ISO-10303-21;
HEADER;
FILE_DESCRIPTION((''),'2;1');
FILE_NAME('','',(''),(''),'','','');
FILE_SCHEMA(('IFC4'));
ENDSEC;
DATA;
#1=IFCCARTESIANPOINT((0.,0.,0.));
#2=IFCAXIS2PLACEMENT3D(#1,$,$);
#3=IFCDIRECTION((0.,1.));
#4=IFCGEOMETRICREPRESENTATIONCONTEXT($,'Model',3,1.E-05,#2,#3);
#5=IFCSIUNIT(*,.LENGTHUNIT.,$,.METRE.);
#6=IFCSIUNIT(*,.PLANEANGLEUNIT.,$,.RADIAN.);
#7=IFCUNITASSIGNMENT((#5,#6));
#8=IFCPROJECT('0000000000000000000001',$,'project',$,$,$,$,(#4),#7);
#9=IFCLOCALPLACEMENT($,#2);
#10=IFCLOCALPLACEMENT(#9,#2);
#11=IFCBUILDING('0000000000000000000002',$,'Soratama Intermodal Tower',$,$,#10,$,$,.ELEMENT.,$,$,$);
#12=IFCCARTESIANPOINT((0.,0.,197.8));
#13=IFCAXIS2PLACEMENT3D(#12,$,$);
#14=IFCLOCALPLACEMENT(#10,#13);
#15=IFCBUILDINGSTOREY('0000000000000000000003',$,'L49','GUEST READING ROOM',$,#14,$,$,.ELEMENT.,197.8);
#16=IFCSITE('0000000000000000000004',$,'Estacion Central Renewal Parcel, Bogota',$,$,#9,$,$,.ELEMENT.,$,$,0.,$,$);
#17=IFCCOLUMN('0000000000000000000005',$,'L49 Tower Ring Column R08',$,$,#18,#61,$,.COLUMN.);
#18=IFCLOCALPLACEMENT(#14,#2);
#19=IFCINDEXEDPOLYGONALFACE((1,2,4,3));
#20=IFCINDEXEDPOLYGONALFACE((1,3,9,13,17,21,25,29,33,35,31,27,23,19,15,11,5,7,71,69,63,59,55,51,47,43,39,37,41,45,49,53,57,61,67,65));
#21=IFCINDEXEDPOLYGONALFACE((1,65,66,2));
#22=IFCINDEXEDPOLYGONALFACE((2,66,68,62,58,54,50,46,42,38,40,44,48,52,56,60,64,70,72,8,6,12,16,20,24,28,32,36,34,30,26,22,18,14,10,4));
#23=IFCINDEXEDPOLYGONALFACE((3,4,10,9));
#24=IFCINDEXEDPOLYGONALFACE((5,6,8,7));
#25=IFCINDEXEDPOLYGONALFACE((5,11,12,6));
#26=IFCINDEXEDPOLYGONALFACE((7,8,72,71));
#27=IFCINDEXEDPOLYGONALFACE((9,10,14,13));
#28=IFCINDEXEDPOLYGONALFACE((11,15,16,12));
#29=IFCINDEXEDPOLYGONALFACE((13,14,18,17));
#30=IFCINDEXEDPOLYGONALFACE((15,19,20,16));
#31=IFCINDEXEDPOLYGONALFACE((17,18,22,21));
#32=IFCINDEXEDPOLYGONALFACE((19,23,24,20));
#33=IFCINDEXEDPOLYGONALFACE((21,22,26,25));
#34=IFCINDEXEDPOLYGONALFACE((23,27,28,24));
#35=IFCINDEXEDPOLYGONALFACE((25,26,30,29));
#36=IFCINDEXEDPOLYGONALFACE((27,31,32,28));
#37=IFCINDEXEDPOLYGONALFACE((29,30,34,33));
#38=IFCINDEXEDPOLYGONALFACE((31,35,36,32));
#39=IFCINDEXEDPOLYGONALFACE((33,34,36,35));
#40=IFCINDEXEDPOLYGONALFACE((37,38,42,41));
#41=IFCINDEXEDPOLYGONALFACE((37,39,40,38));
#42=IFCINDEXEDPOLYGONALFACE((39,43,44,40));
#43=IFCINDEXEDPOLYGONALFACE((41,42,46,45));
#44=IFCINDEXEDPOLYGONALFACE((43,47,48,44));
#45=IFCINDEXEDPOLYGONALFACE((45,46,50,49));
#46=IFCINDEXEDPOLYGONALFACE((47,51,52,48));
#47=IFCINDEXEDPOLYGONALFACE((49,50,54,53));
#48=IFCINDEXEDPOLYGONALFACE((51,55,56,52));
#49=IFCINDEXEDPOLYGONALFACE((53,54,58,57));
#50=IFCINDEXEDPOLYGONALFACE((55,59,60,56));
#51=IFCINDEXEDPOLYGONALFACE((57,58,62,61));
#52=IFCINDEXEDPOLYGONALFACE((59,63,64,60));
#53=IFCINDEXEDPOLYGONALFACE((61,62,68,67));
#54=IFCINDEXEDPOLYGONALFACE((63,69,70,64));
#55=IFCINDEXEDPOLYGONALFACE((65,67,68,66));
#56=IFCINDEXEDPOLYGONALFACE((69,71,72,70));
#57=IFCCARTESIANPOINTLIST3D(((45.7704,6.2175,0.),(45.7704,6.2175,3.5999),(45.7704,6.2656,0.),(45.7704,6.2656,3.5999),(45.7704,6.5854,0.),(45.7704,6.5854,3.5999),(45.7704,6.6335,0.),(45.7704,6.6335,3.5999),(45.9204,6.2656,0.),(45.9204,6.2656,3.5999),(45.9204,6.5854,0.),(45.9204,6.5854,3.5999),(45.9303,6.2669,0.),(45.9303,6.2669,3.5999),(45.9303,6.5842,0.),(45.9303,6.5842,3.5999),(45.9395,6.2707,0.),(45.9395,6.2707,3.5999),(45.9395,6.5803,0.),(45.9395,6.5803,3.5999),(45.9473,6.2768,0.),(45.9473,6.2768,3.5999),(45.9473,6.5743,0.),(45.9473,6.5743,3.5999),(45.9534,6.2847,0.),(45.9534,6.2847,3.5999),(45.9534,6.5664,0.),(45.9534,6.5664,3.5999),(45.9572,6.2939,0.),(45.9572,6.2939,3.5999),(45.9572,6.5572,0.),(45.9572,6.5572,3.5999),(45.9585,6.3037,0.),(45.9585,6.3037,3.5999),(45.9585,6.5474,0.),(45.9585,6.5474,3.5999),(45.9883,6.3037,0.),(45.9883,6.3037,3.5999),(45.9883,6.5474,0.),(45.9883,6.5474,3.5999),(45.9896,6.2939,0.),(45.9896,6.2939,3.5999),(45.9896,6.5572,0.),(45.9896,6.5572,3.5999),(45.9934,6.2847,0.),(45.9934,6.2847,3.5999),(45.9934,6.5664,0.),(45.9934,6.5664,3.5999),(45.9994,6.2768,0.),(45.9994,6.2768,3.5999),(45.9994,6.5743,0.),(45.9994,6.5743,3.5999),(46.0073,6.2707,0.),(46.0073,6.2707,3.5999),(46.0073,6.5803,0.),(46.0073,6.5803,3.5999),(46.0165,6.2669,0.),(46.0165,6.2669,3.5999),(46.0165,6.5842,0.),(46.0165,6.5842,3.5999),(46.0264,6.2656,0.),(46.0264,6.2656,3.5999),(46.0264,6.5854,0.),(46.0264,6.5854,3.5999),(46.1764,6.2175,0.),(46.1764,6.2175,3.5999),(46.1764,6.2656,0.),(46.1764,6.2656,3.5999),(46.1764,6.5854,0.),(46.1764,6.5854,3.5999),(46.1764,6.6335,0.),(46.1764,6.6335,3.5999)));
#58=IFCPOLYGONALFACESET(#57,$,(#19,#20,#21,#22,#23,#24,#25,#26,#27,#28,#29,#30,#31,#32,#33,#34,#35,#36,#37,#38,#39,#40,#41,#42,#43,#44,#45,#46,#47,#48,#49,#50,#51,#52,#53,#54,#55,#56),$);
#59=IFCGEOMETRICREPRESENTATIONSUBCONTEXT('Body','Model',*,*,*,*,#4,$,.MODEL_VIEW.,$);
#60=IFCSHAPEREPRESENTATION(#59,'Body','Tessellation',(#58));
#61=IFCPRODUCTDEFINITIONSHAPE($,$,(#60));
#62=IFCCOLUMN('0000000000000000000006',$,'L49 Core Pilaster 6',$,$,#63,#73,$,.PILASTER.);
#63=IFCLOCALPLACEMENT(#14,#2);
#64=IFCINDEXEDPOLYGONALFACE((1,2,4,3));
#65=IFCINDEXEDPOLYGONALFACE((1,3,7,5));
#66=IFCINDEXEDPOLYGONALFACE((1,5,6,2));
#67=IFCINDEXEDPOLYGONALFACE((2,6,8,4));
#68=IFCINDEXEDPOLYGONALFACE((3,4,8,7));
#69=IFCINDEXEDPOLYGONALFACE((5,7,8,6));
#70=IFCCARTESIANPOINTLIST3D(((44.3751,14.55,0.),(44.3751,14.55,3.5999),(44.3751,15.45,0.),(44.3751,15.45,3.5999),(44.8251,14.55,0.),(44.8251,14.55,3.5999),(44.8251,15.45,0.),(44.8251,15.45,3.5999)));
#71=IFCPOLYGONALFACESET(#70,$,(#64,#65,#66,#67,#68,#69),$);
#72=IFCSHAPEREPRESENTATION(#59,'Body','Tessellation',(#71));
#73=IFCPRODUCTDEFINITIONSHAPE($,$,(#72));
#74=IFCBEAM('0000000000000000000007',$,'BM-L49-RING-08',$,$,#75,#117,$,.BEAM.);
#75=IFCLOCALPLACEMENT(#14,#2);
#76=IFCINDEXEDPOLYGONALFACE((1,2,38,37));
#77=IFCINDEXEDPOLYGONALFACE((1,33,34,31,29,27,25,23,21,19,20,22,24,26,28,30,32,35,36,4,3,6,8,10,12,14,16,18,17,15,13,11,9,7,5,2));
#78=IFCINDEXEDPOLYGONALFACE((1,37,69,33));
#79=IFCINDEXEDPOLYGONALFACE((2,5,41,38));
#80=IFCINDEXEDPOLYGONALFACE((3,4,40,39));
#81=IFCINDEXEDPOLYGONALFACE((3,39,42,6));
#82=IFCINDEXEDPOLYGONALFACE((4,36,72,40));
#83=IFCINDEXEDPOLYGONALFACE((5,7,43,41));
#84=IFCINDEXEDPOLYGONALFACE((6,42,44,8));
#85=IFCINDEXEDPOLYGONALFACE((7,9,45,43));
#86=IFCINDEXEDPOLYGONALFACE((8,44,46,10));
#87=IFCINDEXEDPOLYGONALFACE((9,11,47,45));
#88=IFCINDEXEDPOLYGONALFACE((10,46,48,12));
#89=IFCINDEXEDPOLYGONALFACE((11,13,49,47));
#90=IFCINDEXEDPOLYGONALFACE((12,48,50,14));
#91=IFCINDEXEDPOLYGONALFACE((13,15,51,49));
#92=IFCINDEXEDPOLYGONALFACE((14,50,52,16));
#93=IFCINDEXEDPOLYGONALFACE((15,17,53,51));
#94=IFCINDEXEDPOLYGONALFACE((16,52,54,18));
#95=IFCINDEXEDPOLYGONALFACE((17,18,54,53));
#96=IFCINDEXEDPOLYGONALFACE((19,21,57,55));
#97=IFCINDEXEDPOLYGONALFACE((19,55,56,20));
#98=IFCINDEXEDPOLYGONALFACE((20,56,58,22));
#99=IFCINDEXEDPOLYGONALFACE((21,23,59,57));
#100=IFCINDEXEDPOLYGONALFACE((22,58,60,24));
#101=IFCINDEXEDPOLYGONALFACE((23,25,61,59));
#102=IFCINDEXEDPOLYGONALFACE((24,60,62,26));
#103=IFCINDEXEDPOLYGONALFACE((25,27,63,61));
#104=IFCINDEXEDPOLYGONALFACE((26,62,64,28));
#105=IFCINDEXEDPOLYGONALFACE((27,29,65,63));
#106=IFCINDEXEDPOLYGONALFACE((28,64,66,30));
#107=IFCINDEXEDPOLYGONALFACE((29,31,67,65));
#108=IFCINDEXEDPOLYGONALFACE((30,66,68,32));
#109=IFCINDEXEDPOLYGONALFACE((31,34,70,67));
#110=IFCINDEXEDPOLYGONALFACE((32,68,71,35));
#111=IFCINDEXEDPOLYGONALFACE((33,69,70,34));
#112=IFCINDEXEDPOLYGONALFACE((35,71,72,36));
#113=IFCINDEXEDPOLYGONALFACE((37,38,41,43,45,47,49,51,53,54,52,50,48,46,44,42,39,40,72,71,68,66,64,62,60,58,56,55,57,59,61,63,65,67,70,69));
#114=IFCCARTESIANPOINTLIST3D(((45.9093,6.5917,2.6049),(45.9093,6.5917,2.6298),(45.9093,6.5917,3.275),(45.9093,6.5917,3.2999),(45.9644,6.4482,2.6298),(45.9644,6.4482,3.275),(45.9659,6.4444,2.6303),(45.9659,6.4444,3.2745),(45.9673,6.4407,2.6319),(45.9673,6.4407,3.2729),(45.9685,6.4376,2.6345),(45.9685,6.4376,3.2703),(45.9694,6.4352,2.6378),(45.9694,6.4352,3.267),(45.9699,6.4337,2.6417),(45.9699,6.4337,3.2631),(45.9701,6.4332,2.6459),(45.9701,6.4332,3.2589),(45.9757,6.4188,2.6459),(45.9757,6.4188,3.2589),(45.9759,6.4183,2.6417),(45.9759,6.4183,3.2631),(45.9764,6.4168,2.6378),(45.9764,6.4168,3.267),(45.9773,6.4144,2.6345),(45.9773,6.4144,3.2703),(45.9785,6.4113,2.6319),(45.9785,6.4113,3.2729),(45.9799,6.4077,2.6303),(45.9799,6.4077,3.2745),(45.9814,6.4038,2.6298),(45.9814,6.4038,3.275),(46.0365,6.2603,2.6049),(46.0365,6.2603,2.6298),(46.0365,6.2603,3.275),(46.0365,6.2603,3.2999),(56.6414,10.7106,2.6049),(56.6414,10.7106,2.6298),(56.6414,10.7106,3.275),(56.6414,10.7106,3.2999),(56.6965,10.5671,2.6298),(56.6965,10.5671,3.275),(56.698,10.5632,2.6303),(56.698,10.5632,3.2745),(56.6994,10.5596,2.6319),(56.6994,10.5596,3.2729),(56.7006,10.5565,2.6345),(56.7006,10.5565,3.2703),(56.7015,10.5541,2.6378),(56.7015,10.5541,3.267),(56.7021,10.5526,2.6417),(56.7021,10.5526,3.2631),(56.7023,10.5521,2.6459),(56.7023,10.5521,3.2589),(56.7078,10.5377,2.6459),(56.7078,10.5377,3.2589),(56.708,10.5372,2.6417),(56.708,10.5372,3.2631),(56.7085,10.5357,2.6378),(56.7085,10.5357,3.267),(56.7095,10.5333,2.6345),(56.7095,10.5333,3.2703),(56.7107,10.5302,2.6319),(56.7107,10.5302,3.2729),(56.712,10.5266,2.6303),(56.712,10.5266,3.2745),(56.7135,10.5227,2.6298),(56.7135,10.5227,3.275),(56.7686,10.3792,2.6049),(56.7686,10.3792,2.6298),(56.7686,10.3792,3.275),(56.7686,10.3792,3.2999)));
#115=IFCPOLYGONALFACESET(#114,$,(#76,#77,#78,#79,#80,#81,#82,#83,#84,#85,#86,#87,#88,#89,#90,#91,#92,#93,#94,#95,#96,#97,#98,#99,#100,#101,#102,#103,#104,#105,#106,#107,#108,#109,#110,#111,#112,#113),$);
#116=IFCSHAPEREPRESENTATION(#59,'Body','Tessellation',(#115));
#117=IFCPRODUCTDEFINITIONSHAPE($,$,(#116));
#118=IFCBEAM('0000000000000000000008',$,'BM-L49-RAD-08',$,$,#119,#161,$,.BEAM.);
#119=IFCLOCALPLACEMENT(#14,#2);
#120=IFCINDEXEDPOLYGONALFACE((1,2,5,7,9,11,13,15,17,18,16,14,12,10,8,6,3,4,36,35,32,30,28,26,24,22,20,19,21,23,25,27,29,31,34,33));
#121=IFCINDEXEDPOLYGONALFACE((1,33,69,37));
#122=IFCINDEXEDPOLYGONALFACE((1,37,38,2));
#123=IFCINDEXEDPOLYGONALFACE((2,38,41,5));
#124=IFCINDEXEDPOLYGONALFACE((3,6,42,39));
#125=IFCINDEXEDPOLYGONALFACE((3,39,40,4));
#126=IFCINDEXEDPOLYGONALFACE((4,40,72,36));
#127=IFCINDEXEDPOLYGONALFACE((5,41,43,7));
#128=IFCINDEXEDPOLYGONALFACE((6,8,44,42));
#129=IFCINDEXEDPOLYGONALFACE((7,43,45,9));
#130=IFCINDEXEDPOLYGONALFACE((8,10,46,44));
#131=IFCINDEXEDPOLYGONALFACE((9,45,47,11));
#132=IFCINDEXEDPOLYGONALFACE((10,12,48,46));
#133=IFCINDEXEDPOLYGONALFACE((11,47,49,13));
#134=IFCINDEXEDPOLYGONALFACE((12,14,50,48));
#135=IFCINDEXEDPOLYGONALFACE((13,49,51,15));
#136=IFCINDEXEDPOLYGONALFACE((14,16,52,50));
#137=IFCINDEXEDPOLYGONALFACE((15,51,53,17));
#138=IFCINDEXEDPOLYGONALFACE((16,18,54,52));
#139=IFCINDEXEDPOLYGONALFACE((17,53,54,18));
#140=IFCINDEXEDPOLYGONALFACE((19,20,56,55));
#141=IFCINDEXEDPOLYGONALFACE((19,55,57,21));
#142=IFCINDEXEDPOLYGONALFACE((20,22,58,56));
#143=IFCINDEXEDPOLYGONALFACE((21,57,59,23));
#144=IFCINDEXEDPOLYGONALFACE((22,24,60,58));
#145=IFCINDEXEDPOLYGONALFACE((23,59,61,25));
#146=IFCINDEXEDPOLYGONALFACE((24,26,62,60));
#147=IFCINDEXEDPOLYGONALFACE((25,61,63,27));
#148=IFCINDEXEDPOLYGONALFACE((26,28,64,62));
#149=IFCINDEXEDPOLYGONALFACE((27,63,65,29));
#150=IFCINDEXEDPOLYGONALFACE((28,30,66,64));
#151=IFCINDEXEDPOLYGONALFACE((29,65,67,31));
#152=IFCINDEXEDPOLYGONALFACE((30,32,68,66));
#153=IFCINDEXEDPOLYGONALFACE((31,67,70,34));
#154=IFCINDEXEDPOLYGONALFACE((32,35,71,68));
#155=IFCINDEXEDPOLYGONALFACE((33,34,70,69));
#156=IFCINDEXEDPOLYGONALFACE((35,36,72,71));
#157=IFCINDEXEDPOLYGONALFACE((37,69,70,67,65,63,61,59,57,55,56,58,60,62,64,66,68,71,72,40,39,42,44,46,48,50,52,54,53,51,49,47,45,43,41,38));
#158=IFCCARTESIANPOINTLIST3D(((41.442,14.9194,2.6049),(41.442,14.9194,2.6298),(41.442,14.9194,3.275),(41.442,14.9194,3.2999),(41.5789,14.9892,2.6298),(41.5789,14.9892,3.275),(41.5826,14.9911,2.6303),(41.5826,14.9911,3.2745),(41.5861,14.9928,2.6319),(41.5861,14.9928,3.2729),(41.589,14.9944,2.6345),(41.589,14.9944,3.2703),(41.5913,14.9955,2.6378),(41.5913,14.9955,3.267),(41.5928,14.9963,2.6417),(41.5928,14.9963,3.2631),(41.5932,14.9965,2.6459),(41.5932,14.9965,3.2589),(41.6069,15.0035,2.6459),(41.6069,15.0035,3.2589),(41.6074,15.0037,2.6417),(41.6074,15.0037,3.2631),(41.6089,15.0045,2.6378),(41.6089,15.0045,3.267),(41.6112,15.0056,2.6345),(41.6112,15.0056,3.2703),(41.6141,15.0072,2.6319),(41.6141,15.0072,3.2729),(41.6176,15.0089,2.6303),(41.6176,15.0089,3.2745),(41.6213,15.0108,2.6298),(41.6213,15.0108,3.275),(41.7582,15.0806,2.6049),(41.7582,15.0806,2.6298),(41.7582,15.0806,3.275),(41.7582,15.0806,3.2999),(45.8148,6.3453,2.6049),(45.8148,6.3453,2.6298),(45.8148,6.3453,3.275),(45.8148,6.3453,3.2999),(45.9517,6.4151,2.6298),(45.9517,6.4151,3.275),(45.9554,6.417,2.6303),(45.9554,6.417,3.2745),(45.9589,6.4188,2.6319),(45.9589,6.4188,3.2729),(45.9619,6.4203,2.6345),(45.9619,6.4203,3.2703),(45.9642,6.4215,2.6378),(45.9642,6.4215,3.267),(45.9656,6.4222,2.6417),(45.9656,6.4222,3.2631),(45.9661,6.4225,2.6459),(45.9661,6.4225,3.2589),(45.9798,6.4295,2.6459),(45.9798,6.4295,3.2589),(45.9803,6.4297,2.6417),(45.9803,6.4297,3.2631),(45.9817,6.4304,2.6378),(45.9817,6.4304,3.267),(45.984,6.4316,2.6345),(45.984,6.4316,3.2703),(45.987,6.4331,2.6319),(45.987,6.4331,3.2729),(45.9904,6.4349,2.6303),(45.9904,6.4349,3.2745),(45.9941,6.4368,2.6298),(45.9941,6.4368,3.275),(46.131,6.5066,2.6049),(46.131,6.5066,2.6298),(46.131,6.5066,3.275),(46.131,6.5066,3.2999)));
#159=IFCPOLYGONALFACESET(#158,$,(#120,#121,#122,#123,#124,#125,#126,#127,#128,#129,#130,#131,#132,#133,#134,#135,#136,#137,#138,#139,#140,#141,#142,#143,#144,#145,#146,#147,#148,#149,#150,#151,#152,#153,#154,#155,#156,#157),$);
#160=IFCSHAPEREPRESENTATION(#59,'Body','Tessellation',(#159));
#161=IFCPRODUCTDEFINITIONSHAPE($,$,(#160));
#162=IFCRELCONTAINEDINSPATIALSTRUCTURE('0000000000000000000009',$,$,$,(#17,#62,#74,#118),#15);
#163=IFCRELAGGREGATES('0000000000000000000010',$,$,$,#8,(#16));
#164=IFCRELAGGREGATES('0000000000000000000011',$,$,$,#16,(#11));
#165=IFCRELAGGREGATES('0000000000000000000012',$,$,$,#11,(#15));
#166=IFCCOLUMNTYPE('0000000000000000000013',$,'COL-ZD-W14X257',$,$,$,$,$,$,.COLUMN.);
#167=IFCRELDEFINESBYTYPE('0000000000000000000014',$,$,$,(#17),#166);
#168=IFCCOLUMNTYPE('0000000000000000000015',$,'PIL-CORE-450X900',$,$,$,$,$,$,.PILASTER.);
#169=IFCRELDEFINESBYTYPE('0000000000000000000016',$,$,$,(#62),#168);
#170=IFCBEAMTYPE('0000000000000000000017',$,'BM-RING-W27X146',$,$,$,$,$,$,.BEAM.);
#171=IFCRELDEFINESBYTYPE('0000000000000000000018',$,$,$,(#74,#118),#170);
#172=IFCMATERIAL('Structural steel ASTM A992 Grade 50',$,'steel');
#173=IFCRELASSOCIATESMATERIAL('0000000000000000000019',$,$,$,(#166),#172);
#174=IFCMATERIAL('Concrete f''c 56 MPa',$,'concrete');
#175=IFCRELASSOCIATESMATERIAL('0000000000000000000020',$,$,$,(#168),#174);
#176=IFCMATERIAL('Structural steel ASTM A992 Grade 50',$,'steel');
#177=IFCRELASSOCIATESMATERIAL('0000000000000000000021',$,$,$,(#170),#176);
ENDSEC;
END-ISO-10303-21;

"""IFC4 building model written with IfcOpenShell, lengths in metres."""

from ifc_helpers import new_model, si_unit, direction, frame, origin, origin_2d, place, context, subcontext, project, spatial, rectangle, i_section, extrude, material, material_profile, profile_set, type_object, element, save


model = new_model("IFC4")

# Units and contexts
model_context = context("Model", 3, precision=1e-05, world=origin(), true_north=direction((0.0, 1.0)))
body_context = subcontext(model_context, "Body", "Model", "MODEL_VIEW")
ifc_project = project(units=[si_unit("LENGTHUNIT", "METRE"), si_unit("PLANEANGLEUNIT", "RADIAN")], contexts=[model_context])

# Site, building, storey
site_placement = place(None, origin())
site = spatial("IfcSite", under=ifc_project, at=site_placement, Name="Estacion Central Renewal Parcel, Bogota", CompositionType="ELEMENT", RefElevation=0.0)
building_placement = place(site_placement, origin())
building = spatial("IfcBuilding", under=site, at=building_placement, Name="Soratama Intermodal Tower", CompositionType="ELEMENT")
storey_placement = place(building_placement, frame((0.0, 0.0, 197.8)))
storey = spatial("IfcBuildingStorey", under=building, at=storey_placement, Name="L49", Description="GUEST READING ROOM", CompositionType="ELEMENT", Elevation=197.8)

# Columns
ifc_material_1 = material(Name="Structural steel ASTM A992 Grade 50", Category="steel")
ifc_material_profile_1 = material_profile(ifc_material_1, i_section(OverallWidth=0.406, OverallDepth=0.416, WebThickness=0.0298, FlangeThickness=0.0481, FilletRadius=0.0381, at=origin_2d()), Name="W14X257")
ifc_profile_set_1 = profile_set([ifc_material_profile_1], Name="Structural steel ASTM A992 Grade 50")
column_type_1 = type_object("IfcColumnType", Name="COL-ZD-W14X257", PredefinedType="COLUMN", material=ifc_profile_set_1)
column_1_placement = place(storey_placement, frame((45.9734, 6.4255, 0.0), z_axis=(0.0, 0.0, 1.0), x_axis=(1.0, 0.0, 0.0)))
element("IfcColumn", 1, at=column_1_placement, inside=storey, type_object=column_type_1, Name="L49 Tower Ring Column R08", PredefinedType="COLUMN", context=body_context, shape_type="SweptSolid", body=[
    extrude(i_section(OverallWidth=0.406, OverallDepth=0.416, WebThickness=0.0298, FlangeThickness=0.0481, FilletRadius=0.0381, at=origin_2d()), origin(), (0.0, 0.0, 1.0), 3.5999),
])
ifc_material_2 = material(Name="Concrete f'c 56 MPa", Category="concrete")
ifc_material_profile_2 = material_profile(ifc_material_2, rectangle(XDim=0.45, YDim=0.8999, at=origin_2d()), Name="RC450X900")
ifc_profile_set_2 = profile_set([ifc_material_profile_2], Name="Concrete f'c 56 MPa")
column_type_2 = type_object("IfcColumnType", Name="PIL-CORE-450X900", PredefinedType="PILASTER", material=ifc_profile_set_2)
column_2_placement = place(storey_placement, frame((44.6001, 15.0, 0.0), z_axis=(0.0, 0.0, 1.0), x_axis=(1.0, 0.0, 0.0)))
element("IfcColumn", 2, at=column_2_placement, inside=storey, type_object=column_type_2, Name="L49 Core Pilaster 6", PredefinedType="PILASTER", context=body_context, shape_type="SweptSolid", body=[
    extrude(rectangle(XDim=0.45, YDim=0.8999, at=origin_2d()), origin(), (0.0, 0.0, 1.0), 3.5999),
])

# Beams
ifc_material_3 = material(Name="Structural steel ASTM A992 Grade 50", Category="steel")
ifc_material_profile_3 = material_profile(ifc_material_3, i_section(OverallWidth=0.355, OverallDepth=0.6951, WebThickness=0.0154, FlangeThickness=0.0249, FilletRadius=0.0161, at=origin_2d()), Name="W27X146")
ifc_profile_set_3 = profile_set([ifc_material_profile_3], Name="Structural steel ASTM A992 Grade 50")
beam_type_1 = type_object("IfcBeamType", Name="BM-RING-W27X146", PredefinedType="BEAM", material=ifc_profile_set_3)
beam_1_placement = place(storey_placement, frame((45.9729, 6.426, 2.9524), z_axis=(0.933604, 0.358307, 0.0), x_axis=(-0.358307, 0.933604, 0.0)))
element("IfcBeam", 3, at=beam_1_placement, inside=storey, type_object=beam_type_1, Name="BM-L49-RING-08", PredefinedType="BEAM", context=body_context, shape_type="SweptSolid", body=[
    extrude(i_section(OverallWidth=0.355, OverallDepth=0.6951, WebThickness=0.0154, FlangeThickness=0.0249, FilletRadius=0.0161, at=origin_2d()), origin(), (0.0, 0.0, 1.0), 11.4954),
])
beam_2_placement = place(storey_placement, frame((41.6001, 15.0, 2.9524), z_axis=(0.454332, -0.890832, 0.0), x_axis=(0.890832, 0.454332, 0.0)))
element("IfcBeam", 4, at=beam_2_placement, inside=storey, type_object=beam_type_1, Name="BM-L49-RAD-08", PredefinedType="BEAM", context=body_context, shape_type="SweptSolid", body=[
    extrude(i_section(OverallWidth=0.355, OverallDepth=0.6951, WebThickness=0.0154, FlangeThickness=0.0249, FilletRadius=0.0161, at=origin_2d()), origin(), (0.0, 0.0, 1.0), 9.6248),
])

save(model, "model.ifc")
